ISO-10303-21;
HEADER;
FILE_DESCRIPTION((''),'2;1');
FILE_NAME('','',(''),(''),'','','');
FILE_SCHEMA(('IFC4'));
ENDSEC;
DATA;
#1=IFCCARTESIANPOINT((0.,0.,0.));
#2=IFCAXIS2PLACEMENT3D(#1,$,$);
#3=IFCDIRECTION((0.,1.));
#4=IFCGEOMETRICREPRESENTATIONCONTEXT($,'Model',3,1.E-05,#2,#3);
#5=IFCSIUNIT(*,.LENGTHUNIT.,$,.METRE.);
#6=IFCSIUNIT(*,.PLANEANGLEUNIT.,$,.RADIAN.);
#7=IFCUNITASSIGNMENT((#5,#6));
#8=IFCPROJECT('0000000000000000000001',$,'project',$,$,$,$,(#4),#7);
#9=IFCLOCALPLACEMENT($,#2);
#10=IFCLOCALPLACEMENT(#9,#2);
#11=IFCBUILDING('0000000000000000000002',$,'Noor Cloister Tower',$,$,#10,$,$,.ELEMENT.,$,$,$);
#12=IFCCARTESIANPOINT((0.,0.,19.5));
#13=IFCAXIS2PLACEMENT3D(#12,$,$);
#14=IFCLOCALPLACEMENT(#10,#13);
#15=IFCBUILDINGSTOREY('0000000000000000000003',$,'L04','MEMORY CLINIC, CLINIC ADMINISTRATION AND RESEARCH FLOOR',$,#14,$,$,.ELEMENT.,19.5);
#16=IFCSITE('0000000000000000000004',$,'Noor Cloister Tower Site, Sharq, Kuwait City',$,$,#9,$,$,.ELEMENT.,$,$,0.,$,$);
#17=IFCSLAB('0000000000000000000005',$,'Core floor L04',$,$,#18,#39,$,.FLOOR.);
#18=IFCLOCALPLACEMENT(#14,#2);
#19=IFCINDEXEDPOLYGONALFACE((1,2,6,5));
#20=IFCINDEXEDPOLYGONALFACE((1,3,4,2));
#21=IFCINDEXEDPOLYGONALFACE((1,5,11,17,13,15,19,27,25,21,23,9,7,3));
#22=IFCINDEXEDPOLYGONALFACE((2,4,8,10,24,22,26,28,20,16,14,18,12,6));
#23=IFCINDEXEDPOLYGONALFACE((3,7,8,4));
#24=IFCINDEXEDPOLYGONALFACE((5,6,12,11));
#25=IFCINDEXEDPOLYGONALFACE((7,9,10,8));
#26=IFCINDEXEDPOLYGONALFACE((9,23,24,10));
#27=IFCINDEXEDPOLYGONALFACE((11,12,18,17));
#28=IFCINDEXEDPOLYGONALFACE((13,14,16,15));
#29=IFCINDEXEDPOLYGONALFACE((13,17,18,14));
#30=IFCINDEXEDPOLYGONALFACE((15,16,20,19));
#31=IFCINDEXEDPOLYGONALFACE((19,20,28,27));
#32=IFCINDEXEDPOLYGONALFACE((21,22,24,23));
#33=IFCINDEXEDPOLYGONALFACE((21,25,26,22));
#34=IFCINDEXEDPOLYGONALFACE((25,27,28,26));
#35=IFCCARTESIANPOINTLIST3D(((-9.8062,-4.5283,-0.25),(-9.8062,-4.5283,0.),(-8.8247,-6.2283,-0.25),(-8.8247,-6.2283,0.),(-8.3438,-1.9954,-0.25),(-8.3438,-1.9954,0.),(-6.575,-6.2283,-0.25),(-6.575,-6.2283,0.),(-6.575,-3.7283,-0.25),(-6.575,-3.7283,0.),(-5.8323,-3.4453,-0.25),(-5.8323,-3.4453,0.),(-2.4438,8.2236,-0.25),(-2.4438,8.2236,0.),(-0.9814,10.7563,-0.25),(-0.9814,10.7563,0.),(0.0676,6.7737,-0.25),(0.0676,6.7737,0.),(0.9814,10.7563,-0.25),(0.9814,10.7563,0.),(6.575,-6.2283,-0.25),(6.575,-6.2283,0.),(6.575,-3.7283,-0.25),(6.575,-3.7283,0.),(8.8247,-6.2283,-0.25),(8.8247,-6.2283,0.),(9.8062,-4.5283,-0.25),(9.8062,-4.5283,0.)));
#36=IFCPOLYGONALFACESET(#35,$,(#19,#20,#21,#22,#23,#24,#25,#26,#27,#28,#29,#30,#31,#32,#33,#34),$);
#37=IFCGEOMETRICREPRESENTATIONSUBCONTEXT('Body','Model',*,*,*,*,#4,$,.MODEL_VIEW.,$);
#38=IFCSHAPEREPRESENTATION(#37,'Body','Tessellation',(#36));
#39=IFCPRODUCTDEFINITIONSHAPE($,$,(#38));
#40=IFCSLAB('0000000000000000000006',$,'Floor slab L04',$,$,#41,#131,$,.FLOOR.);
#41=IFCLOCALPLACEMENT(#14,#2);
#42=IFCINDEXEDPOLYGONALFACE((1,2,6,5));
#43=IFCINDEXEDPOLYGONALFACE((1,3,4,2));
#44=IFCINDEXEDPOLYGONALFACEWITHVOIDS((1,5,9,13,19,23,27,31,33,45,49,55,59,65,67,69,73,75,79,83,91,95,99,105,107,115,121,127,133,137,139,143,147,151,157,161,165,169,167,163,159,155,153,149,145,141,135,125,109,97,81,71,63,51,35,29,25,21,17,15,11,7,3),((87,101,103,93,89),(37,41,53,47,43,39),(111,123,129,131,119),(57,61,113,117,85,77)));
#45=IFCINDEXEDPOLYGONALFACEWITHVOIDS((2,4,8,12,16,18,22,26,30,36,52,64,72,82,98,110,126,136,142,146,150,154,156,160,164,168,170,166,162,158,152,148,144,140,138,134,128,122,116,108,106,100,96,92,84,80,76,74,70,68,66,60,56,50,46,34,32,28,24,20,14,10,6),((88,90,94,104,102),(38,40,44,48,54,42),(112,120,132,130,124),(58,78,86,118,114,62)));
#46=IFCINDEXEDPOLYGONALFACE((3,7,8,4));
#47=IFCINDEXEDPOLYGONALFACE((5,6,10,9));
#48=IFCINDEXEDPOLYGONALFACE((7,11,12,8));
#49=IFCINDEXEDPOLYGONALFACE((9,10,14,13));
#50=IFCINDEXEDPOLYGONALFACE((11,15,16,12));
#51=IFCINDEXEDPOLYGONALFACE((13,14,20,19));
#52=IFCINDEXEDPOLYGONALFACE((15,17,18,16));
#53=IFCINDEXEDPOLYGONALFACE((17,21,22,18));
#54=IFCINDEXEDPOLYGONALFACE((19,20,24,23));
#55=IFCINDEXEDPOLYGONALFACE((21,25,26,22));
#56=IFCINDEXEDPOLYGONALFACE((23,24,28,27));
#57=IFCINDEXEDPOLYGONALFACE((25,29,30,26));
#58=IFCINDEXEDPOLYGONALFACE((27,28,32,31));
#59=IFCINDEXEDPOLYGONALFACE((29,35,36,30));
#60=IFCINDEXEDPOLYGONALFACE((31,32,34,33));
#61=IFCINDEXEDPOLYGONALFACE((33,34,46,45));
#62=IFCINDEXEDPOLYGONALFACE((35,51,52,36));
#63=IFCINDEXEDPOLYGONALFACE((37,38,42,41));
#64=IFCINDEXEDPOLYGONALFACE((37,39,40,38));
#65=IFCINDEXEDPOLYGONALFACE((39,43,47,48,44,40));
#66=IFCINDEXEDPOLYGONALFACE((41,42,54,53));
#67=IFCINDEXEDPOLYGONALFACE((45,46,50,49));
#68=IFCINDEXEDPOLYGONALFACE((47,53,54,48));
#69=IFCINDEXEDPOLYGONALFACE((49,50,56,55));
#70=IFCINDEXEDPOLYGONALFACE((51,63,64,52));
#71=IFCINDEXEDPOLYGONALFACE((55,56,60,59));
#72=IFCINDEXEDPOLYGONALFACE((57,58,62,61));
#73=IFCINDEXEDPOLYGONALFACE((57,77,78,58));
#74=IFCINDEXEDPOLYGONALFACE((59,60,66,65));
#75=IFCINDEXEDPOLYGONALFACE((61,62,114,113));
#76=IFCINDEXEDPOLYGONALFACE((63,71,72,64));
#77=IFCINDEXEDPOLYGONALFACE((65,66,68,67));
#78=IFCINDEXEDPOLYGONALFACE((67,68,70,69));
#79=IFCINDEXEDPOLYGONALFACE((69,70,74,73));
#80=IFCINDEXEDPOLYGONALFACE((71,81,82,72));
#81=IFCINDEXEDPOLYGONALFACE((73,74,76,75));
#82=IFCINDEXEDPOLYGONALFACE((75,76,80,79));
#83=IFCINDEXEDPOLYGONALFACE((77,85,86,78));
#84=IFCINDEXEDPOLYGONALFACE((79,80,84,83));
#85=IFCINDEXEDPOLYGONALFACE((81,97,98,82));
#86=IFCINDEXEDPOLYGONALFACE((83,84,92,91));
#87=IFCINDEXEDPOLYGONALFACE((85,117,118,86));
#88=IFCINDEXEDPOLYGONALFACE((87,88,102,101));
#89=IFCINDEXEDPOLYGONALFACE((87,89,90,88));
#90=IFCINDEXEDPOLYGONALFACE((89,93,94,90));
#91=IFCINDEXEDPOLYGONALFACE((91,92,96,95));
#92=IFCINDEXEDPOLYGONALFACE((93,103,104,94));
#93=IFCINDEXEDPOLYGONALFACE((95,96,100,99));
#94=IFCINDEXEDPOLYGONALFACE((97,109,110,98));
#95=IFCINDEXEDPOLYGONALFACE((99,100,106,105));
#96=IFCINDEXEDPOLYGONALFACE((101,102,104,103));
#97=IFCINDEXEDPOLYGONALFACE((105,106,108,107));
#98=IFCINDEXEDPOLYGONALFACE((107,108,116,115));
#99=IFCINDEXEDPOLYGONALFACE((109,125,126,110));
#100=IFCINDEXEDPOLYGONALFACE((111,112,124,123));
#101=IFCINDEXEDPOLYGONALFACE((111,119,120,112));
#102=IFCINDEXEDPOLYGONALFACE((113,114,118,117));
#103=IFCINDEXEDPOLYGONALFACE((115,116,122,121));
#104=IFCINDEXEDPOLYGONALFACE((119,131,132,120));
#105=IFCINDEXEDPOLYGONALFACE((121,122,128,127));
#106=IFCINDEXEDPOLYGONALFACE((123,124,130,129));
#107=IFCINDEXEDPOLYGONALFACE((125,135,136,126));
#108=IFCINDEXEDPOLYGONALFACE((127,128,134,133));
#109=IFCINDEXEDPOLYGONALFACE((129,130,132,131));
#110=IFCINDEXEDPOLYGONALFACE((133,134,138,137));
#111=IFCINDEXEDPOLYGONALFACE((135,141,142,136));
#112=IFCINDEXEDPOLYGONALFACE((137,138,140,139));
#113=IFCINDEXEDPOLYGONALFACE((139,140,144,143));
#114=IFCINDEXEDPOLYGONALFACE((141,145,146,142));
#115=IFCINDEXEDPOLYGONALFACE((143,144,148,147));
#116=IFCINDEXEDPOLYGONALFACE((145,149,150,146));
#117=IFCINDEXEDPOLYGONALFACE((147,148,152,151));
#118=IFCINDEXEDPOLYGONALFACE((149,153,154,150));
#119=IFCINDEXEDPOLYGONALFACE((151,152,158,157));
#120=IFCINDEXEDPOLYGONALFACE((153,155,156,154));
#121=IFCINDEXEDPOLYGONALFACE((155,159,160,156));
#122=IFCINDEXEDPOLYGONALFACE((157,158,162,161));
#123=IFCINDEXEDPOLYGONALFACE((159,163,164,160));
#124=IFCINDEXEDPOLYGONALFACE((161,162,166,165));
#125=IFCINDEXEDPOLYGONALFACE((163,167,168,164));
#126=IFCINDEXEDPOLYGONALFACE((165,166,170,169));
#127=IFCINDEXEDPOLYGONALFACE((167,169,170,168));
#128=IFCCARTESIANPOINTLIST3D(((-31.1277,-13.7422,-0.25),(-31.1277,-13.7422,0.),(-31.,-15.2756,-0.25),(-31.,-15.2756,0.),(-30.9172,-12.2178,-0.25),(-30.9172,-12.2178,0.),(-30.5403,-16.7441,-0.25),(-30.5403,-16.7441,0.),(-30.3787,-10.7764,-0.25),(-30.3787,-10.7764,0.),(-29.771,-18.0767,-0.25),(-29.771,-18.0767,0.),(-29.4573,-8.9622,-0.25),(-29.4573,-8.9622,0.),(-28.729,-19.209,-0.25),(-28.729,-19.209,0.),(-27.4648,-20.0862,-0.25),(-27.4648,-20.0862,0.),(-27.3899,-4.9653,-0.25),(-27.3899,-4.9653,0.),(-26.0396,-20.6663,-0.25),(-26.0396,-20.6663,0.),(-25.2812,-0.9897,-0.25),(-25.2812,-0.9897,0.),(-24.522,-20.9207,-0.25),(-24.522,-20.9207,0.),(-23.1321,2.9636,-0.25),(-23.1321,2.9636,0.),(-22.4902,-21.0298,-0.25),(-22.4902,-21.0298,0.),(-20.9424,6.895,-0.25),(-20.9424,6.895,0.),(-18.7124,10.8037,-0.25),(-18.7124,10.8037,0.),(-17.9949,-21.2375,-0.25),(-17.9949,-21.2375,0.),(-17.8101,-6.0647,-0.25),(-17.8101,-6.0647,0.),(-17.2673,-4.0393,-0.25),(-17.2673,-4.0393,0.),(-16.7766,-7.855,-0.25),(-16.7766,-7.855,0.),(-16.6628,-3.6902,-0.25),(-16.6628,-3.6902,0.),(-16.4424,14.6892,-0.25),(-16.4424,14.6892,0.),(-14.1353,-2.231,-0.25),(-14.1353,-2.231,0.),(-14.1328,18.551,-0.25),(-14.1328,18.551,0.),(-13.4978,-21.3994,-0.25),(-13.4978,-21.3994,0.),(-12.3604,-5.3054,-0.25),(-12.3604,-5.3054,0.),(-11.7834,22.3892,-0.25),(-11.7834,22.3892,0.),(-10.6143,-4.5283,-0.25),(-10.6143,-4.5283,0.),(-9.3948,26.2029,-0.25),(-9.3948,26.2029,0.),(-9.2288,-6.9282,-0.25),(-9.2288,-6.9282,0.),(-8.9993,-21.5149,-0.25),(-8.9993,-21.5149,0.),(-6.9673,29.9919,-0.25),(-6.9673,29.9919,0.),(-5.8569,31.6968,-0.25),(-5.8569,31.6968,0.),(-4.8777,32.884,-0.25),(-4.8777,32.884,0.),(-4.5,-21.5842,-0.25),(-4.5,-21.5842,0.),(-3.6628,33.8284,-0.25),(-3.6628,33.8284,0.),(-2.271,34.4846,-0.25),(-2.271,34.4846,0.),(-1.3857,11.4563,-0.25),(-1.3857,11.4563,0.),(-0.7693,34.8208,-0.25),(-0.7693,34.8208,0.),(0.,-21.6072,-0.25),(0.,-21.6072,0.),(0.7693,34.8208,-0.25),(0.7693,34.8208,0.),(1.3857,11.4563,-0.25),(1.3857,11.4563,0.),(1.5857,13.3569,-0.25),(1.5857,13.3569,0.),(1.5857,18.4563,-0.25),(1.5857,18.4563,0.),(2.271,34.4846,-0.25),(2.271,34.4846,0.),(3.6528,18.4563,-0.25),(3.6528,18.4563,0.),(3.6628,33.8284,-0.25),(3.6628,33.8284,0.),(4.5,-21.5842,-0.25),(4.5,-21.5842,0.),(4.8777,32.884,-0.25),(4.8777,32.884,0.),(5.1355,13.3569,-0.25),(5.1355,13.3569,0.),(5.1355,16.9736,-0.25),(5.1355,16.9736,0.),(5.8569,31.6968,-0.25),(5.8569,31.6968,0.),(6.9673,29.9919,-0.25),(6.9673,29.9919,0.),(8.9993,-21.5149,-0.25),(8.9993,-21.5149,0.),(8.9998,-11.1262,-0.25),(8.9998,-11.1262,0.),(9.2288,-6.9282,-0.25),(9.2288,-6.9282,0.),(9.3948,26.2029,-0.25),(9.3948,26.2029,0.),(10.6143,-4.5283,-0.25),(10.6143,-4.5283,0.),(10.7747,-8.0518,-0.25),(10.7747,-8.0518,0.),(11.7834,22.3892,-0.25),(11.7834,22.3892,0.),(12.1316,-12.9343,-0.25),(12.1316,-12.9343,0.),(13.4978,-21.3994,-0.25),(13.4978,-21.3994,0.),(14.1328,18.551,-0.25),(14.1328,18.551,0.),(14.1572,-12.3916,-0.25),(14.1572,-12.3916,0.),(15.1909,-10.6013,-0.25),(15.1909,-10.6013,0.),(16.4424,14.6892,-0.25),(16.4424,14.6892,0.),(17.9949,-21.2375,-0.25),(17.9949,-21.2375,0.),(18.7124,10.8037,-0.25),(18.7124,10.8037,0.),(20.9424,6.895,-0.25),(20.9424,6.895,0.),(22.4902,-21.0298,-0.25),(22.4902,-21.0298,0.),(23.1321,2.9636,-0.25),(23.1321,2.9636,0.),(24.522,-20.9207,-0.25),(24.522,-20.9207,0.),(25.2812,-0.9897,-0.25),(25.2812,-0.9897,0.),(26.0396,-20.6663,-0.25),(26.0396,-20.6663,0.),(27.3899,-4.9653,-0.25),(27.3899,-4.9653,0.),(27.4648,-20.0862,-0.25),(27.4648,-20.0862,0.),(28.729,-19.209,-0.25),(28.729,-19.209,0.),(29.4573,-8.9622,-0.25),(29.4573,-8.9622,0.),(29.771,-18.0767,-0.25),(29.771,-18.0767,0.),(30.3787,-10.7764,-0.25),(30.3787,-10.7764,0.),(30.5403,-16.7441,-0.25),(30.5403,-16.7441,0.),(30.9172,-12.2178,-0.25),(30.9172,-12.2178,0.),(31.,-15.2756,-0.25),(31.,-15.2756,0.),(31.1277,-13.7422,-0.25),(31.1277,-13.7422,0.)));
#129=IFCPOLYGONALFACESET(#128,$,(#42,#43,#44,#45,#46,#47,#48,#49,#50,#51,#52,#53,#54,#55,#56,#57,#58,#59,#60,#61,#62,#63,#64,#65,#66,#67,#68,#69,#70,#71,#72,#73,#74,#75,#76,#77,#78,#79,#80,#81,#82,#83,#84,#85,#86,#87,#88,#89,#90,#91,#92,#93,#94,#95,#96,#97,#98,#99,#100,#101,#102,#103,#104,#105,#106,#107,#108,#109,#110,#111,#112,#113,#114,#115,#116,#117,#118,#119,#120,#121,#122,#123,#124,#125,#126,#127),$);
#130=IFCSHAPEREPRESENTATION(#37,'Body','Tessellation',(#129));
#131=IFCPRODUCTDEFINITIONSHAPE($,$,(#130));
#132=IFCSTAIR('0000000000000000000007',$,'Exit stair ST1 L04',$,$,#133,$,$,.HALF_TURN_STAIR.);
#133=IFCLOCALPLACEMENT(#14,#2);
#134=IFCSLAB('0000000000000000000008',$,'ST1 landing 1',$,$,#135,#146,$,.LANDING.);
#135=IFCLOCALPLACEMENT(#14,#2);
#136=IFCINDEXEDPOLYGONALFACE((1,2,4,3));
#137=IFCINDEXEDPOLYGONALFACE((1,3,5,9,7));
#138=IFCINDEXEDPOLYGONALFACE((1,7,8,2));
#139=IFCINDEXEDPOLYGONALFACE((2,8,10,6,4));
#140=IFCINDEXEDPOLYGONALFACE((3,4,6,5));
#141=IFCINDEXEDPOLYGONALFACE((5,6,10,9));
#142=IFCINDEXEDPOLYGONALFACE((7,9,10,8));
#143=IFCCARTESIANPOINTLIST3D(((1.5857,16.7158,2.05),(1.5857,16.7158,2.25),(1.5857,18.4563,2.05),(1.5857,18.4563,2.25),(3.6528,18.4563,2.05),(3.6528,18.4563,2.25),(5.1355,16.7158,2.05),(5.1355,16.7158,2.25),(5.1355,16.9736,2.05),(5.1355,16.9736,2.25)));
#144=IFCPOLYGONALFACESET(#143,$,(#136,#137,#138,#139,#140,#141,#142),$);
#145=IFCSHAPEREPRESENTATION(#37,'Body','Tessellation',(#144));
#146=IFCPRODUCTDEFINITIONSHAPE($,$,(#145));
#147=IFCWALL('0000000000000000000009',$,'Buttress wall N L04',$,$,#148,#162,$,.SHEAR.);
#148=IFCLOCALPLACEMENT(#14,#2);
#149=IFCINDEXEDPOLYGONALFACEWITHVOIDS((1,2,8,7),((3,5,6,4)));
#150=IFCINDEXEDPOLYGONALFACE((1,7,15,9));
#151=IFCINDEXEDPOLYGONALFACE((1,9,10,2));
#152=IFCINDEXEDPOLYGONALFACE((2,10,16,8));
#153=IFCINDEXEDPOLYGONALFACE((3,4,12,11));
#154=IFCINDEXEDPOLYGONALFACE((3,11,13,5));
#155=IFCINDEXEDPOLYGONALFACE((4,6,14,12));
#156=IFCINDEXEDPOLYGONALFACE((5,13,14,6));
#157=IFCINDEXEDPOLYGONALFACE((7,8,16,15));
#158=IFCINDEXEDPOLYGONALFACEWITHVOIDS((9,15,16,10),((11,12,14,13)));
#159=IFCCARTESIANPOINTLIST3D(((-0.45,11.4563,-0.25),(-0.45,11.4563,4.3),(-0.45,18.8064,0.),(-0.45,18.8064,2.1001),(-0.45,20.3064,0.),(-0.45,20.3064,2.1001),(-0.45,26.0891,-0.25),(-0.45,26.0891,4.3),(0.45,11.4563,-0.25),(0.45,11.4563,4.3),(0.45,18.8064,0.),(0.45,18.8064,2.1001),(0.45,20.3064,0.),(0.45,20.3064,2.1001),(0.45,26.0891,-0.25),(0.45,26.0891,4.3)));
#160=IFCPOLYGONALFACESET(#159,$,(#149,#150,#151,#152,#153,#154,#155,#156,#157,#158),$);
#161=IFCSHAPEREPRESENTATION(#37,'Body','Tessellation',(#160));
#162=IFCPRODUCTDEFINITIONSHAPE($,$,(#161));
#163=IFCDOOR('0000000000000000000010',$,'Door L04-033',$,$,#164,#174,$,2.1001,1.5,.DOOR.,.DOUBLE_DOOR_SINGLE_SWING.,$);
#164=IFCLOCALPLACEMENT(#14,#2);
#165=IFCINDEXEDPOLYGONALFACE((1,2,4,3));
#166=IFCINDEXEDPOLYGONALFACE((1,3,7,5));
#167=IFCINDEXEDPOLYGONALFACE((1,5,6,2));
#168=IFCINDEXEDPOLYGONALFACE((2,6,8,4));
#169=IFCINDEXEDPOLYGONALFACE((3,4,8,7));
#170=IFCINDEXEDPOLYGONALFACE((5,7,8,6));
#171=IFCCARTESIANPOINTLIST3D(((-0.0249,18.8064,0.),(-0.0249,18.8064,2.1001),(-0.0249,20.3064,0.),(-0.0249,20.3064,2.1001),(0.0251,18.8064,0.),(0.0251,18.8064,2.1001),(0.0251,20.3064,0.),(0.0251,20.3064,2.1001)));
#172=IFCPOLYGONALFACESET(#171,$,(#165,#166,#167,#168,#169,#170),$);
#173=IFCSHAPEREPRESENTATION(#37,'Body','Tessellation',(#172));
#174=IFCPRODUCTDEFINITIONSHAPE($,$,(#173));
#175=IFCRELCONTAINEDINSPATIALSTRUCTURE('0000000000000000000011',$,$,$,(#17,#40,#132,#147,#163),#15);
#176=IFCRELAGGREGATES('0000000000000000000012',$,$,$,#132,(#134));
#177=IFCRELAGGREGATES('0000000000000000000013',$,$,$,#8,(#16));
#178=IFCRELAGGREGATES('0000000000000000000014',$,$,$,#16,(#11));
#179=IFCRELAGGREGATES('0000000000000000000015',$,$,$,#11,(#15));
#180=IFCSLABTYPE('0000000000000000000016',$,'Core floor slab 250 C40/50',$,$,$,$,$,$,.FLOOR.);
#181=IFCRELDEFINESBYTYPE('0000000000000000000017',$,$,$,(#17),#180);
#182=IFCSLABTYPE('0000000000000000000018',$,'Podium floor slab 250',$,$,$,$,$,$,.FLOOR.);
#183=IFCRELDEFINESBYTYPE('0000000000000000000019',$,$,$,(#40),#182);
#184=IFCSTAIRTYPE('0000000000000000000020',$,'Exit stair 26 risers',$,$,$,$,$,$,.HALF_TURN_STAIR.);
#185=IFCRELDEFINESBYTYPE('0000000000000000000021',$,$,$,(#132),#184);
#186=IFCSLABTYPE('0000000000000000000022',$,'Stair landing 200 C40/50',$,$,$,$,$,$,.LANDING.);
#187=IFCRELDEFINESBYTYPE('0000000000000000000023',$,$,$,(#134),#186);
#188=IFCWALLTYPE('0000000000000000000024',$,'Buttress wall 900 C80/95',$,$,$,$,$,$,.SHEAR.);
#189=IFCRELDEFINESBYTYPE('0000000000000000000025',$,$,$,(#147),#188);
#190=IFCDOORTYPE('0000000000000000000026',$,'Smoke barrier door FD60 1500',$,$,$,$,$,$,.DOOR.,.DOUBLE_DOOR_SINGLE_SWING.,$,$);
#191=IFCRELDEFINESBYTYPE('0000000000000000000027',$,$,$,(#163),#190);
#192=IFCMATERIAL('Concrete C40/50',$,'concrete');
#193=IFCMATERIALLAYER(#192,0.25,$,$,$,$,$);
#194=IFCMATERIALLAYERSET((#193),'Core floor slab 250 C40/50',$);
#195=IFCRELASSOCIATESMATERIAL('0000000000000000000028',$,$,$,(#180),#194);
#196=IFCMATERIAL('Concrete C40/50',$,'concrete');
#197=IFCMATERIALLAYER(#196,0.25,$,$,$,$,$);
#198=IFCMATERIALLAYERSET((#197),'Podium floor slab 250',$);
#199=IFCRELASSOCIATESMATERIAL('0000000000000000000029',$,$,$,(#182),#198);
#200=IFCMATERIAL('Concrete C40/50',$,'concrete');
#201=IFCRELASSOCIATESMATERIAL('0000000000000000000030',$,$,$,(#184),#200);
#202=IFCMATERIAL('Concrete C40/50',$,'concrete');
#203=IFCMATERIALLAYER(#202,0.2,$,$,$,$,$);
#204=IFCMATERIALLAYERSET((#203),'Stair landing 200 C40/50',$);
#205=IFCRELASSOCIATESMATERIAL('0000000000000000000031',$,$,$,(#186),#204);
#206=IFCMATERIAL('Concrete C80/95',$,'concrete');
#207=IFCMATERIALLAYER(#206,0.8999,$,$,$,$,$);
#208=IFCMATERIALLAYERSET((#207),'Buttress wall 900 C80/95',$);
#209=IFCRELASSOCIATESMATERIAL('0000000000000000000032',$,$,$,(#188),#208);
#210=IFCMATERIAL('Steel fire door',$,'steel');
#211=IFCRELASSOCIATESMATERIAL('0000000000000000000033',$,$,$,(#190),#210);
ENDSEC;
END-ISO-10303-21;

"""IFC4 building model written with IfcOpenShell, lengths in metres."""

from ifc_helpers import new_model, si_unit, direction, frame, frame_2d, origin, place, context, subcontext, project, spatial, polyline, rectangle, outline, extrude, material, layer, layer_set, type_object, element, fill, aggregate, save


model = new_model("IFC4")

# Units and contexts
model_context = context("Model", 3, precision=1e-05, world=origin(), true_north=direction((0.0, 1.0)))
body_context = subcontext(model_context, "Body", "Model", "MODEL_VIEW")
ifc_project = project(units=[si_unit("LENGTHUNIT", "METRE"), si_unit("PLANEANGLEUNIT", "RADIAN")], contexts=[model_context])

# Site, building, storey
site_placement = place(None, origin())
site = spatial("IfcSite", under=ifc_project, at=site_placement, Name="Noor Cloister Tower Site, Sharq, Kuwait City", CompositionType="ELEMENT", RefElevation=0.0)
building_placement = place(site_placement, origin())
building = spatial("IfcBuilding", under=site, at=building_placement, Name="Noor Cloister Tower", CompositionType="ELEMENT")
storey_placement = place(building_placement, frame((0.0, 0.0, 19.5)))
storey = spatial("IfcBuildingStorey", under=building, at=storey_placement, Name="L04", Description="MEMORY CLINIC, CLINIC ADMINISTRATION AND RESEARCH FLOOR", CompositionType="ELEMENT", Elevation=19.5)

# Slabs
ifc_material_1 = material(Name="Concrete C40/50", Category="concrete")
ifc_layer_1 = layer(ifc_material_1, 0.25)
ifc_layer_set_1 = layer_set([ifc_layer_1], Name="Core floor slab 250 C40/50")
slab_type_1 = type_object("IfcSlabType", Name="Core floor slab 250 C40/50", PredefinedType="FLOOR", material=ifc_layer_set_1)
slab_1_placement = place(storey_placement, frame((0.0, 0.0, -0.25)))
element("IfcSlab", 1, at=slab_1_placement, inside=storey, type_object=slab_type_1, Name="Core floor L04", PredefinedType="FLOOR", context=body_context, shape_type="SweptSolid", body=[
    extrude(outline(polyline([(-6.575, -6.2283), (-6.575, -3.7283), (6.575, -3.7283), (6.575, -6.2283), (8.8247, -6.2283), (9.8062, -4.5283), (0.9814, 10.7563), (-0.9814, 10.7563), (-2.4438, 8.2236), (0.0676, 6.7737), (-5.8323, -3.4453), (-8.3438, -1.9954), (-9.8062, -4.5283), (-8.8247, -6.2283), (-6.575, -6.2283)])), origin(), (0.0, 0.0, 1.0), 0.25),
])
ifc_material_2 = material(Name="Concrete C40/50", Category="concrete")
ifc_layer_2 = layer(ifc_material_2, 0.25)
ifc_layer_set_2 = layer_set([ifc_layer_2], Name="Podium floor slab 250")
slab_type_2 = type_object("IfcSlabType", Name="Podium floor slab 250", PredefinedType="FLOOR", material=ifc_layer_set_2)
slab_2_placement = place(storey_placement, frame((0.0, 0.0, -0.25)))
element("IfcSlab", 2, at=slab_2_placement, inside=storey, type_object=slab_type_2, Name="Floor slab L04", PredefinedType="FLOOR", context=body_context, shape_type="SweptSolid", body=[
    extrude(outline(polyline([(5.8569, 31.6968), (4.8777, 32.884), (3.6628, 33.8284), (2.271, 34.4846), (0.7693, 34.8208), (-0.7693, 34.8208), (-2.271, 34.4846), (-3.6628, 33.8284), (-4.8777, 32.884), (-5.8569, 31.6968), (-6.9673, 29.9919), (-9.3948, 26.2029), (-11.7834, 22.3892), (-14.1328, 18.551), (-16.4424, 14.6892), (-18.7124, 10.8037), (-20.9424, 6.895), (-23.1321, 2.9636), (-25.2812, -0.9897), (-27.3899, -4.9653), (-29.4573, -8.9622), (-30.3787, -10.7764), (-30.9172, -12.2178), (-31.1277, -13.7422), (-31.0, -15.2756), (-30.5403, -16.7441), (-29.771, -18.0767), (-28.729, -19.209), (-27.4648, -20.0862), (-26.0396, -20.6663), (-24.522, -20.9207), (-22.4902, -21.0298), (-17.9949, -21.2375), (-13.4978, -21.3994), (-8.9993, -21.5149), (-4.5, -21.5842), (0.0, -21.6072), (4.5, -21.5842), (8.9993, -21.5149), (13.4978, -21.3994), (17.9949, -21.2375), (22.4902, -21.0298), (24.522, -20.9207), (26.0396, -20.6663), (27.4648, -20.0862), (28.729, -19.209), (29.771, -18.0767), (30.5403, -16.7441), (31.0, -15.2756), (31.1277, -13.7422), (30.9172, -12.2178), (30.3787, -10.7764), (29.4573, -8.9622), (27.3899, -4.9653), (25.2812, -0.9897), (23.1321, 2.9636), (20.9424, 6.895), (18.7124, 10.8037), (16.4424, 14.6892), (14.1328, 18.551), (11.7834, 22.3892), (9.3948, 26.2029), (6.9673, 29.9919), (5.8569, 31.6968)]), holes=[polyline([(-9.2288, -6.9282), (9.2288, -6.9282), (10.6143, -4.5283), (1.3857, 11.4563), (-1.3857, 11.4563), (-10.6143, -4.5283), (-9.2288, -6.9282)]), polyline([(1.5857, 18.4563), (1.5857, 13.3569), (5.1355, 13.3569), (5.1355, 16.9736), (3.6528, 18.4563), (1.5857, 18.4563)]), polyline([(-16.7766, -7.855), (-12.3604, -5.3054), (-14.1353, -2.231), (-16.6628, -3.6902), (-17.2673, -4.0393), (-17.8101, -6.0647), (-16.7766, -7.855)]), polyline([(12.1316, -12.9343), (14.1572, -12.3916), (15.1909, -10.6013), (10.7747, -8.0518), (8.9998, -11.1262), (12.1316, -12.9343)])]), origin(), (0.0, 0.0, 1.0), 0.25),
])

# Stair, slab
ifc_material_3 = material(Name="Concrete C40/50", Category="concrete")
stair_type = type_object("IfcStairType", Name="Exit stair 26 risers", PredefinedType="HALF_TURN_STAIR", material=ifc_material_3)
stair_placement = place(storey_placement, origin())
stair = element("IfcStair", 3, at=stair_placement, inside=storey, type_object=stair_type, Name="Exit stair ST1 L04", PredefinedType="HALF_TURN_STAIR")
ifc_material_4 = material(Name="Concrete C40/50", Category="concrete")
ifc_layer_3 = layer(ifc_material_4, 0.2)
ifc_layer_set_3 = layer_set([ifc_layer_3], Name="Stair landing 200 C40/50")
slab_type_3 = type_object("IfcSlabType", Name="Stair landing 200 C40/50", PredefinedType="LANDING", material=ifc_layer_set_3)
slab_3_placement = place(storey_placement, frame((0.0, 0.0, 2.05)))
slab_3 = element("IfcSlab", 4, at=slab_3_placement, type_object=slab_type_3, Name="ST1 landing 1", PredefinedType="LANDING", context=body_context, shape_type="SweptSolid", body=[
    extrude(outline(polyline([(5.1355, 16.7158), (5.1355, 16.9736), (3.6528, 18.4563), (1.5857, 18.4563), (1.5857, 16.7158), (5.1355, 16.7158)])), origin(), (0.0, 0.0, 1.0), 0.2),
])
aggregate(stair, [slab_3])

# Wall, opening, door
ifc_material_5 = material(Name="Concrete C80/95", Category="concrete")
ifc_layer_4 = layer(ifc_material_5, 0.8999)
ifc_layer_set_4 = layer_set([ifc_layer_4], Name="Buttress wall 900 C80/95")
wall_type_1 = type_object("IfcWallType", Name="Buttress wall 900 C80/95", PredefinedType="SHEAR", material=ifc_layer_set_4)
wall_1_placement = place(storey_placement, frame((0.0, 11.4563, -0.25), z_axis=(0.0, 0.0, 1.0), x_axis=(0.0, 1.0, 0.0)))
wall_1 = element("IfcWall", 5, at=wall_1_placement, inside=storey, type_object=wall_type_1, Name="Buttress wall N L04", PredefinedType="SHEAR", context=body_context, shape_type="SweptSolid", body=[
    extrude(rectangle(XDim=14.6328, YDim=0.8999, at=frame_2d((7.3164, 0.0))), origin(), (0.0, 0.0, 1.0), 4.55),
])
opening_1_placement = place(wall_1_placement, frame((7.3501, 0.0, 0.25)))
opening_1 = element("IfcOpeningElement", 6, at=opening_1_placement, cuts=wall_1, PredefinedType="OPENING", context=body_context, shape_type="SweptSolid", body=[
    extrude(rectangle(XDim=1.5, YDim=2.1001, at=frame_2d((0.75, 1.05))), frame((0.0, 0.46, 0.0), z_axis=(0.0, -1.0, 0.0), x_axis=(1.0, 0.0, 0.0)), (0.0, 0.0, 1.0), 0.9199),
])
ifc_material_6 = material(Name="Steel fire door", Category="steel")
door_type_1 = type_object("IfcDoorType", Name="Smoke barrier door FD60 1500", OperationType="DOUBLE_DOOR_SINGLE_SWING", PredefinedType="DOOR", material=ifc_material_6)
door_1_placement = place(opening_1_placement, origin())
door_1 = element("IfcDoor", 7, at=door_1_placement, inside=storey, type_object=door_type_1, Name="Door L04-033", OperationType="DOUBLE_DOOR_SINGLE_SWING", OverallHeight=2.1001, OverallWidth=1.5, PredefinedType="DOOR", context=body_context, shape_type="SweptSolid", body=[
    extrude(rectangle(XDim=1.5, YDim=2.1001, at=frame_2d((0.75, 1.05))), frame((0.0, 0.0249, 0.0), z_axis=(0.0, -1.0, 0.0), x_axis=(1.0, 0.0, 0.0)), (0.0, 0.0, 1.0), 0.05),
])
fill(opening_1, door_1)

save(model, "model.ifc")
